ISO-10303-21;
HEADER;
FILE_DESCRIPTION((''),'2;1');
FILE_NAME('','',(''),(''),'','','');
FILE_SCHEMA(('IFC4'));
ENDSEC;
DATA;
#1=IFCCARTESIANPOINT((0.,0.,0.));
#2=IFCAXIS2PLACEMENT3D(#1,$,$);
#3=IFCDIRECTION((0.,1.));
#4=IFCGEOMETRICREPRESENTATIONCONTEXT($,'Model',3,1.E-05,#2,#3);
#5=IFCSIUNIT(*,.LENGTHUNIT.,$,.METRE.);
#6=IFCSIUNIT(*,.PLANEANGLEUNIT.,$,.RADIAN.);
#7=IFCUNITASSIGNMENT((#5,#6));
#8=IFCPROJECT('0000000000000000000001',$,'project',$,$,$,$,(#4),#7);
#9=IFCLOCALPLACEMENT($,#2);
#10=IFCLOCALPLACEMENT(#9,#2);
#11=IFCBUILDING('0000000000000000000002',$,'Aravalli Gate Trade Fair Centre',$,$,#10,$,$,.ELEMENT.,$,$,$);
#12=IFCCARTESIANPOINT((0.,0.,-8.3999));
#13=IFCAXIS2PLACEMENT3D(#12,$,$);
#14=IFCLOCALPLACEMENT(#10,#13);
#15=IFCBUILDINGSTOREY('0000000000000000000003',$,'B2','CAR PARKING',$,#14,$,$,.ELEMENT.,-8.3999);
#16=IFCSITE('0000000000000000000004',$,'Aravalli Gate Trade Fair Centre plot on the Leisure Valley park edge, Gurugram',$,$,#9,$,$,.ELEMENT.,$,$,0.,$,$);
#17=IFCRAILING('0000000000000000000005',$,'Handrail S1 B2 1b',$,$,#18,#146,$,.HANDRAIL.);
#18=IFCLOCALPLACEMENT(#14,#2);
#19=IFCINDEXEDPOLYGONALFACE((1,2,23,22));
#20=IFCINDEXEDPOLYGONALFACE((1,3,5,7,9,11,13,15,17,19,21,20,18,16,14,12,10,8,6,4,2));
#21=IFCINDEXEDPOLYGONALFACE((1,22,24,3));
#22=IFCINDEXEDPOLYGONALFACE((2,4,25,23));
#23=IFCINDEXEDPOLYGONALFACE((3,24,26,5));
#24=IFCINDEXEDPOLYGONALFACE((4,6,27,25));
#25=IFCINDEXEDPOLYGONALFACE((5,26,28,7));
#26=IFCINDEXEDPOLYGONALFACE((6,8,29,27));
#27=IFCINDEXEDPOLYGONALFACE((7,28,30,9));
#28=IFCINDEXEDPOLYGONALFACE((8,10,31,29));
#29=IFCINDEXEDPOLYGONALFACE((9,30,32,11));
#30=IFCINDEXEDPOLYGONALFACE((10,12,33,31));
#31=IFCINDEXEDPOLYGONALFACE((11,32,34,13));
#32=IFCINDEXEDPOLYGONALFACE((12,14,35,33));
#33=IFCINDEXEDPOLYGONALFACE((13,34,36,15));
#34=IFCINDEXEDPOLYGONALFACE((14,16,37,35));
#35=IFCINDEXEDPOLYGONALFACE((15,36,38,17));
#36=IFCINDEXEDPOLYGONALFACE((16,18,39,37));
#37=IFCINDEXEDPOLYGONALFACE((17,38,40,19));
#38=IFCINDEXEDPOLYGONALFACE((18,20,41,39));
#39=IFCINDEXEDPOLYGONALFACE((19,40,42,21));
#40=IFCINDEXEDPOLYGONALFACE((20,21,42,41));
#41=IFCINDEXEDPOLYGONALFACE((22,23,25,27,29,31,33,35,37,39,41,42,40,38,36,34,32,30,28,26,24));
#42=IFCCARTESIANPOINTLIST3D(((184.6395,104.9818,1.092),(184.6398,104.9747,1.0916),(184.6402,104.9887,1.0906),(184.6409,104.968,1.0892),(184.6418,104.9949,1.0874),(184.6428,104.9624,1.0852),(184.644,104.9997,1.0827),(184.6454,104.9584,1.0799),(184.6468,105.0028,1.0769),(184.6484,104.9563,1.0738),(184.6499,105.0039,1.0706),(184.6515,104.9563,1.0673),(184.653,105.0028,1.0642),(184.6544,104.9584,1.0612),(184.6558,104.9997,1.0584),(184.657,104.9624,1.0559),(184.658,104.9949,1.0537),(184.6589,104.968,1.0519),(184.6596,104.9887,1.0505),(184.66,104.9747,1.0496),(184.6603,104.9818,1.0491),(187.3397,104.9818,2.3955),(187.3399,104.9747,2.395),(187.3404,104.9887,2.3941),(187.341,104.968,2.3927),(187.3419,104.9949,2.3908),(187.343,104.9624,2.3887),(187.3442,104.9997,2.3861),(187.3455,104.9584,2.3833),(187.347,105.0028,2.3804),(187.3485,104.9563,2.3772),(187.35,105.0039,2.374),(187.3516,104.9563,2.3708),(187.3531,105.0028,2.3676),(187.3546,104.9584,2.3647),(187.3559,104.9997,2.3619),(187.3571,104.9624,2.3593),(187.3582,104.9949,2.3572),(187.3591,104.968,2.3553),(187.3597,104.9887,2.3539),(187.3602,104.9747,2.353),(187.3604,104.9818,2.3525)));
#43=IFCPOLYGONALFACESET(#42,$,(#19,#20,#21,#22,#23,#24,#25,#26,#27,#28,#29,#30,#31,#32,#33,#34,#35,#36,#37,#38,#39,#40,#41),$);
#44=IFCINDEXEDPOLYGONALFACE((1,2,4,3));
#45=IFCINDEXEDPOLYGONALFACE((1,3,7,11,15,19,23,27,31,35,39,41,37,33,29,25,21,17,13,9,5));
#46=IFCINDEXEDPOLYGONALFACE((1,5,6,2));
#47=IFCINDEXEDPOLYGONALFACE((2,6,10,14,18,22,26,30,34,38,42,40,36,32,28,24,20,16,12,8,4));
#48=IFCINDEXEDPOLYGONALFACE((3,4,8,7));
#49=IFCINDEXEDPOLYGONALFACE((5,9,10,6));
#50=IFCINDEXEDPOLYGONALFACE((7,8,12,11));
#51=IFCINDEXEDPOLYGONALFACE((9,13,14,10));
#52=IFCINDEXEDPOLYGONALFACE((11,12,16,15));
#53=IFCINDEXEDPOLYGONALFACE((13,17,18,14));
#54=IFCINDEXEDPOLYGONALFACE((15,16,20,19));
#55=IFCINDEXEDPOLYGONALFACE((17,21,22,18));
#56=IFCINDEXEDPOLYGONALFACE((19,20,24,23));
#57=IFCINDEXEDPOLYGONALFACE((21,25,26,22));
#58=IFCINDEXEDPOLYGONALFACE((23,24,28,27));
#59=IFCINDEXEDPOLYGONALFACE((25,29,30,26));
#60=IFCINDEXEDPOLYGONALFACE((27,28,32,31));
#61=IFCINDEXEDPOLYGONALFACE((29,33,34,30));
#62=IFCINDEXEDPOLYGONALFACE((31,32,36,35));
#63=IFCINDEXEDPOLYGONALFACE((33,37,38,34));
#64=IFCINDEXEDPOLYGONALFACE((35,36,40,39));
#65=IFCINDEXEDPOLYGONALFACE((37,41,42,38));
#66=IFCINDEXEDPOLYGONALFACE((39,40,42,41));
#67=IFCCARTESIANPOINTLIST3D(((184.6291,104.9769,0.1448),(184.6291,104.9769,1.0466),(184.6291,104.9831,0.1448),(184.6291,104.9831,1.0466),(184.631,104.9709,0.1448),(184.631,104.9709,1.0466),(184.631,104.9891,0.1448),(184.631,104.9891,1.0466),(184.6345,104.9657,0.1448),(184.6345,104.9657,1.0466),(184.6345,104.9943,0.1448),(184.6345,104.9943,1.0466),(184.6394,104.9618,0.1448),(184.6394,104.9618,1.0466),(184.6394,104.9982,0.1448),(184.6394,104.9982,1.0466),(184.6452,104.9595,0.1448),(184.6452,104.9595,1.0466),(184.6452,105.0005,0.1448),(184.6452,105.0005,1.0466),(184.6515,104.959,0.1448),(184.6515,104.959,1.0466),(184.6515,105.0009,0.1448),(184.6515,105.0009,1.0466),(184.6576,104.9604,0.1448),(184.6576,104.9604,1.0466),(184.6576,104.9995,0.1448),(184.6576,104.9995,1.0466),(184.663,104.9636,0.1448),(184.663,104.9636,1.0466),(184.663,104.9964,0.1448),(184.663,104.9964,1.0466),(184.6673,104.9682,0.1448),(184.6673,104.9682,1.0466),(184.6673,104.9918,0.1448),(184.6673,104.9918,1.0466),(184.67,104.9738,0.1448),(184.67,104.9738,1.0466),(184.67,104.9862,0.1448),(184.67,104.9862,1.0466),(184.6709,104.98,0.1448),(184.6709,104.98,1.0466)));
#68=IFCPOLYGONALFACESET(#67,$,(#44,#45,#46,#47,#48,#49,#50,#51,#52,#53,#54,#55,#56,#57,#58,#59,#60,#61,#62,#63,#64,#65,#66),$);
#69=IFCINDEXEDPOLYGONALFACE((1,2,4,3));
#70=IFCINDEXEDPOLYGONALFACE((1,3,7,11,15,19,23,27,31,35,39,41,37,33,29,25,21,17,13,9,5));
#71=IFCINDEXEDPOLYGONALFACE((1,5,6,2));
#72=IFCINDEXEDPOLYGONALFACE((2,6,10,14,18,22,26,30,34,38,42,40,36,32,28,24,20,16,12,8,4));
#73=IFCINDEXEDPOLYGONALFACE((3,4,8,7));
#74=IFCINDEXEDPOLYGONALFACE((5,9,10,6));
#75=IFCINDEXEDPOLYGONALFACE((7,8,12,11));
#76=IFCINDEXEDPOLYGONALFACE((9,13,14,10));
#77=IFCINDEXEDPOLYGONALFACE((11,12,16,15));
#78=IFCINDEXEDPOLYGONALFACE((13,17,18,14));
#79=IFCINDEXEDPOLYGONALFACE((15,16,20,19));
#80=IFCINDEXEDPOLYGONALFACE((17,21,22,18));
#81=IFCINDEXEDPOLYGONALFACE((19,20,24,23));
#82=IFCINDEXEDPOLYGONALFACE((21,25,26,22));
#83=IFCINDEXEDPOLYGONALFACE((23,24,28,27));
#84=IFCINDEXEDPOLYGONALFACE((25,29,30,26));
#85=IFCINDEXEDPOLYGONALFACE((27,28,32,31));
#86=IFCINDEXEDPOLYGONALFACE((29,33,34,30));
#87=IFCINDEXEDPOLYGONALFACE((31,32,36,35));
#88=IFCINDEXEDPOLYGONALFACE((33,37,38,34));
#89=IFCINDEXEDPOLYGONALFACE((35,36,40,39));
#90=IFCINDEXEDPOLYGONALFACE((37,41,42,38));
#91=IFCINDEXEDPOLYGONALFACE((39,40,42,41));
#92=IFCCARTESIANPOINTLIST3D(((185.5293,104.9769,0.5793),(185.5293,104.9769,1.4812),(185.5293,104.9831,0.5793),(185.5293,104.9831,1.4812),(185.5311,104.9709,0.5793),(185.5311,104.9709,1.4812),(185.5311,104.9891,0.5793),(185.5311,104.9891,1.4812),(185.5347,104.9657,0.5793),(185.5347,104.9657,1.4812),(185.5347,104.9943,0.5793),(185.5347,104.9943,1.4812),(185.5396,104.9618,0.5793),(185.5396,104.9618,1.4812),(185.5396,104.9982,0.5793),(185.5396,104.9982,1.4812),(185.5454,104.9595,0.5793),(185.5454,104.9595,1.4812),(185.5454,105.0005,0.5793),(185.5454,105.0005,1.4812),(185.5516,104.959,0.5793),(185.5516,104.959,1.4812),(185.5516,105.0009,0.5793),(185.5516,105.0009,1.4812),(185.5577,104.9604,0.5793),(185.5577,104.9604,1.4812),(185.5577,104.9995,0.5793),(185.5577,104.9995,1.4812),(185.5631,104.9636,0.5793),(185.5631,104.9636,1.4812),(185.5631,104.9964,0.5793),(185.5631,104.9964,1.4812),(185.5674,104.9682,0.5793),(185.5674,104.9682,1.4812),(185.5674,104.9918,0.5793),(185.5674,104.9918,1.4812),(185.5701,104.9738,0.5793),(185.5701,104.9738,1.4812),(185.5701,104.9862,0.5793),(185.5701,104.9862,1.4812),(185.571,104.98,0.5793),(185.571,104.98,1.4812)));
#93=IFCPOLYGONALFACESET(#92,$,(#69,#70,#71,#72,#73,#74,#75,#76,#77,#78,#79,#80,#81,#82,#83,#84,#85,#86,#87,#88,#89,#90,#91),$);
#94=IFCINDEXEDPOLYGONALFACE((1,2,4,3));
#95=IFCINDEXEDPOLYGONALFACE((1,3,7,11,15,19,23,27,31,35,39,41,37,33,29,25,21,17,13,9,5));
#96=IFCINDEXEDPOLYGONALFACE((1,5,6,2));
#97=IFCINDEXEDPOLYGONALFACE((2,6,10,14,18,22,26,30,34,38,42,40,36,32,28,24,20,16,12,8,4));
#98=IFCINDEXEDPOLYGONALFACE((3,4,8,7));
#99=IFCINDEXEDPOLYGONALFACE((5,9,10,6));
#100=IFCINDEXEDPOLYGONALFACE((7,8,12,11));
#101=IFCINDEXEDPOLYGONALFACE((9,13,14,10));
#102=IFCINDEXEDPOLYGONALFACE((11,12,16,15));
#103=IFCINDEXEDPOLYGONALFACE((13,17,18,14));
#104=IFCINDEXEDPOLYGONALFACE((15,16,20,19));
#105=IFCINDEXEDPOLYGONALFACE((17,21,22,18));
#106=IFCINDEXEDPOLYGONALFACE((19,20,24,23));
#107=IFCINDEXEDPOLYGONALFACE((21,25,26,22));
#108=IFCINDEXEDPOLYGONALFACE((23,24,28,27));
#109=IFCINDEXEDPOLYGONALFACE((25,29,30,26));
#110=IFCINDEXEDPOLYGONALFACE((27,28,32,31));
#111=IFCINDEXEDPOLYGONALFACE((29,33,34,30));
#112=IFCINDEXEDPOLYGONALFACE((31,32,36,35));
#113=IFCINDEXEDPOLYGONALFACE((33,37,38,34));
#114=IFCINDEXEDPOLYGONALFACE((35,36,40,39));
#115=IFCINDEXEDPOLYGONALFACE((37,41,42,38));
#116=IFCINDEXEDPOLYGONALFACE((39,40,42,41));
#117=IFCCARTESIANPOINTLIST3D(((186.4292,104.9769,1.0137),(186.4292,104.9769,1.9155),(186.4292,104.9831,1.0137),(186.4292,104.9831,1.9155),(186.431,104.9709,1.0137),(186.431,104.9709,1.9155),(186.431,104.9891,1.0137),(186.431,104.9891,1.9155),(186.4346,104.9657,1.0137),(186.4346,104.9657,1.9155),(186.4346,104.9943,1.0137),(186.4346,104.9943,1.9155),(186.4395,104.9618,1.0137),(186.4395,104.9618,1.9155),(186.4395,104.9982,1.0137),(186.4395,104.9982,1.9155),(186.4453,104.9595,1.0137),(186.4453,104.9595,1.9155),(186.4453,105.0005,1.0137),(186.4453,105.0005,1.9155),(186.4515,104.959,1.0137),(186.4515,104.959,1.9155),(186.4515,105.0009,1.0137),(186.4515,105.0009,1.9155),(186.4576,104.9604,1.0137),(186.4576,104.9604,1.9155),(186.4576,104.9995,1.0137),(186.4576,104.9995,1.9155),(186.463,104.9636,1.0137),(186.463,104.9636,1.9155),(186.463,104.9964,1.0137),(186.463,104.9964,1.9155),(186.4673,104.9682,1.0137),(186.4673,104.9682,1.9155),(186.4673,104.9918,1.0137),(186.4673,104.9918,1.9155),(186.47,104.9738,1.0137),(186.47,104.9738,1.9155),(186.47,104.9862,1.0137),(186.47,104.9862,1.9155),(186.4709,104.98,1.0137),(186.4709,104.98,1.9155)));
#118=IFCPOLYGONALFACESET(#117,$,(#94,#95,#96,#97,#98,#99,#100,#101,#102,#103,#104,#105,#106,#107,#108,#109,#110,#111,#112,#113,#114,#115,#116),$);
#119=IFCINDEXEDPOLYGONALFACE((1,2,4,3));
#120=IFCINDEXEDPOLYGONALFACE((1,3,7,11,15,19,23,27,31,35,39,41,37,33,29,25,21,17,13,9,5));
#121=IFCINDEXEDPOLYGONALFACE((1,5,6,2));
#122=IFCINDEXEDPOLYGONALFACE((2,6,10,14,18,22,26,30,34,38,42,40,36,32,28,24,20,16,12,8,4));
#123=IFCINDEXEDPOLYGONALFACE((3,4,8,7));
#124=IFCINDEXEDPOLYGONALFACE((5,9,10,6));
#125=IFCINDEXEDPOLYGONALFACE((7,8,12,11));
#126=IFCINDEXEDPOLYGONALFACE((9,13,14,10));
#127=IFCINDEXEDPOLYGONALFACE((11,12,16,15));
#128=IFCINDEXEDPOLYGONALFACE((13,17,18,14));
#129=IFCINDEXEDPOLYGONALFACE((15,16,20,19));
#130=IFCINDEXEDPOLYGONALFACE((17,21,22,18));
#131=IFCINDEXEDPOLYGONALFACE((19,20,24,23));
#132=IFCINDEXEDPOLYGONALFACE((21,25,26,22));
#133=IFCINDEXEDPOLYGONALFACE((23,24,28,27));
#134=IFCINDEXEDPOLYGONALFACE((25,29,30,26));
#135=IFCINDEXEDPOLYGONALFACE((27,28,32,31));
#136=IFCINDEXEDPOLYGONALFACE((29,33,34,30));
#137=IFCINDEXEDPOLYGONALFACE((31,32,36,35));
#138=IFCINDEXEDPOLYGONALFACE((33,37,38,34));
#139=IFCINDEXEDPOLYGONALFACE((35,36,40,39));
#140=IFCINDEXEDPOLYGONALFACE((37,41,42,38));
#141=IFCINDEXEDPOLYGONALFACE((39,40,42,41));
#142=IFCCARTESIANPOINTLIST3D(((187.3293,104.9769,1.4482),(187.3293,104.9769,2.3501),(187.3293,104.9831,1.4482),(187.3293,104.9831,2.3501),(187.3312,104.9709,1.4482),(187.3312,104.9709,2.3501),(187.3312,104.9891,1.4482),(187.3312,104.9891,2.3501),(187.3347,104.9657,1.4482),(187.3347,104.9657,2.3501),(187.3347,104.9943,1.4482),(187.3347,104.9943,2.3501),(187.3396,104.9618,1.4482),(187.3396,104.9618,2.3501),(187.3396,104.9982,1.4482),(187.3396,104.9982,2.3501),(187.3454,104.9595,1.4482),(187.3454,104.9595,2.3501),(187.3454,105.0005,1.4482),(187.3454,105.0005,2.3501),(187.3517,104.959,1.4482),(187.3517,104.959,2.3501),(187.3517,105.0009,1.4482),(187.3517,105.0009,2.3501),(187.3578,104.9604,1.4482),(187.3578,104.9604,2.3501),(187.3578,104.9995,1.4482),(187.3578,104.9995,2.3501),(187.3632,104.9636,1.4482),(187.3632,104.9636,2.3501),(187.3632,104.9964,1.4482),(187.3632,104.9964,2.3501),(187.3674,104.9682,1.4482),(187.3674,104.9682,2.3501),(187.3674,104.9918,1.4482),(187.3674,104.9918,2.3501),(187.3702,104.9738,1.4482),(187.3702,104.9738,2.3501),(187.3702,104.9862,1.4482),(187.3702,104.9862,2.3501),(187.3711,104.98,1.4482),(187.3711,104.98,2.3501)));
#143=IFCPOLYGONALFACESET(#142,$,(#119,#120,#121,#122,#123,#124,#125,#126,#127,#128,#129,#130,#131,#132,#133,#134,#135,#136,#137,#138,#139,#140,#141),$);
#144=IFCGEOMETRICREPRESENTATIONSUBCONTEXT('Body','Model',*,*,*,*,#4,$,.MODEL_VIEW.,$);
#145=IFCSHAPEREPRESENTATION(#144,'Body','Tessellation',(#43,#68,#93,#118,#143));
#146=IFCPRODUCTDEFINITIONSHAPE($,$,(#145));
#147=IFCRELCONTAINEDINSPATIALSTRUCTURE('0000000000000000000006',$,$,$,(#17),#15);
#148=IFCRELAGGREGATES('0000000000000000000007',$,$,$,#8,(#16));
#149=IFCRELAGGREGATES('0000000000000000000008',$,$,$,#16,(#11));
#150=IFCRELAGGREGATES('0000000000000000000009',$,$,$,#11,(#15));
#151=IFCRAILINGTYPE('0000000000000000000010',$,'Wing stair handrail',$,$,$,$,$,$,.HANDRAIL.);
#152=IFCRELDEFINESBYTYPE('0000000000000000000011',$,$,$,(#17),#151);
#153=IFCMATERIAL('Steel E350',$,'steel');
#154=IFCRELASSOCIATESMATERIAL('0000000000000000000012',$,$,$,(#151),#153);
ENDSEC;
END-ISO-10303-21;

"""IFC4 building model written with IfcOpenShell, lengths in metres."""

from ifc_helpers import new_model, si_unit, direction, frame, origin, origin_2d, place, context, subcontext, project, spatial, circle, extrude, material, type_object, element, save


model = new_model("IFC4")

# Units and contexts
model_context = context("Model", 3, precision=1e-05, world=origin(), true_north=direction((0.0, 1.0)))
body_context = subcontext(model_context, "Body", "Model", "MODEL_VIEW")
ifc_project = project(units=[si_unit("LENGTHUNIT", "METRE"), si_unit("PLANEANGLEUNIT", "RADIAN")], contexts=[model_context])

# Site, building, storey
site_placement = place(None, origin())
site = spatial("IfcSite", under=ifc_project, at=site_placement, Name="Aravalli Gate Trade Fair Centre plot on the Leisure Valley park edge, Gurugram", CompositionType="ELEMENT", RefElevation=0.0)
building_placement = place(site_placement, origin())
building = spatial("IfcBuilding", under=site, at=building_placement, Name="Aravalli Gate Trade Fair Centre", CompositionType="ELEMENT")
storey_placement = place(building_placement, frame((0.0, 0.0, -8.3999)))
storey = spatial("IfcBuildingStorey", under=building, at=storey_placement, Name="B2", Description="CAR PARKING", CompositionType="ELEMENT", Elevation=-8.3999)

# Shared definitions
ifc_material_1 = material(Name="Steel E350", Category="steel")

# Railing
railing_type = type_object("IfcRailingType", Name="Wing stair handrail", PredefinedType="HANDRAIL", material=ifc_material_1)
for number, where, name in (
    (1, (184.6499, 104.98, 0.1448), "Handrail S1 B2 1b"),
):
    element("IfcRailing", number, at=place(storey_placement, frame(where)), inside=storey, type_object=railing_type, Name=name, PredefinedType="HANDRAIL", context=body_context, shape_type="SweptSolid", body=[
        extrude(circle(Radius=0.0239, at=origin_2d()), frame((0.0, 0.0, 0.9258), z_axis=(0.900562, 0.0, 0.434729), x_axis=(0.0, 1.0, 0.0)), (0.0, 0.0, 1.0), 2.9983),
        extrude(circle(Radius=0.021, at=origin_2d()), origin(), (0.0, 0.0, 1.0), 0.9019),
        extrude(circle(Radius=0.021, at=origin_2d()), frame((0.9001, 0.0, 0.4346)), (0.0, 0.0, 1.0), 0.9019),
        extrude(circle(Radius=0.021, at=origin_2d()), frame((1.8, 0.0, 0.8689)), (0.0, 0.0, 1.0), 0.9019),
        extrude(circle(Radius=0.021, at=origin_2d()), frame((2.7002, 0.0, 1.3035)), (0.0, 0.0, 1.0), 0.9019),
    ])

save(model, "model.ifc")
